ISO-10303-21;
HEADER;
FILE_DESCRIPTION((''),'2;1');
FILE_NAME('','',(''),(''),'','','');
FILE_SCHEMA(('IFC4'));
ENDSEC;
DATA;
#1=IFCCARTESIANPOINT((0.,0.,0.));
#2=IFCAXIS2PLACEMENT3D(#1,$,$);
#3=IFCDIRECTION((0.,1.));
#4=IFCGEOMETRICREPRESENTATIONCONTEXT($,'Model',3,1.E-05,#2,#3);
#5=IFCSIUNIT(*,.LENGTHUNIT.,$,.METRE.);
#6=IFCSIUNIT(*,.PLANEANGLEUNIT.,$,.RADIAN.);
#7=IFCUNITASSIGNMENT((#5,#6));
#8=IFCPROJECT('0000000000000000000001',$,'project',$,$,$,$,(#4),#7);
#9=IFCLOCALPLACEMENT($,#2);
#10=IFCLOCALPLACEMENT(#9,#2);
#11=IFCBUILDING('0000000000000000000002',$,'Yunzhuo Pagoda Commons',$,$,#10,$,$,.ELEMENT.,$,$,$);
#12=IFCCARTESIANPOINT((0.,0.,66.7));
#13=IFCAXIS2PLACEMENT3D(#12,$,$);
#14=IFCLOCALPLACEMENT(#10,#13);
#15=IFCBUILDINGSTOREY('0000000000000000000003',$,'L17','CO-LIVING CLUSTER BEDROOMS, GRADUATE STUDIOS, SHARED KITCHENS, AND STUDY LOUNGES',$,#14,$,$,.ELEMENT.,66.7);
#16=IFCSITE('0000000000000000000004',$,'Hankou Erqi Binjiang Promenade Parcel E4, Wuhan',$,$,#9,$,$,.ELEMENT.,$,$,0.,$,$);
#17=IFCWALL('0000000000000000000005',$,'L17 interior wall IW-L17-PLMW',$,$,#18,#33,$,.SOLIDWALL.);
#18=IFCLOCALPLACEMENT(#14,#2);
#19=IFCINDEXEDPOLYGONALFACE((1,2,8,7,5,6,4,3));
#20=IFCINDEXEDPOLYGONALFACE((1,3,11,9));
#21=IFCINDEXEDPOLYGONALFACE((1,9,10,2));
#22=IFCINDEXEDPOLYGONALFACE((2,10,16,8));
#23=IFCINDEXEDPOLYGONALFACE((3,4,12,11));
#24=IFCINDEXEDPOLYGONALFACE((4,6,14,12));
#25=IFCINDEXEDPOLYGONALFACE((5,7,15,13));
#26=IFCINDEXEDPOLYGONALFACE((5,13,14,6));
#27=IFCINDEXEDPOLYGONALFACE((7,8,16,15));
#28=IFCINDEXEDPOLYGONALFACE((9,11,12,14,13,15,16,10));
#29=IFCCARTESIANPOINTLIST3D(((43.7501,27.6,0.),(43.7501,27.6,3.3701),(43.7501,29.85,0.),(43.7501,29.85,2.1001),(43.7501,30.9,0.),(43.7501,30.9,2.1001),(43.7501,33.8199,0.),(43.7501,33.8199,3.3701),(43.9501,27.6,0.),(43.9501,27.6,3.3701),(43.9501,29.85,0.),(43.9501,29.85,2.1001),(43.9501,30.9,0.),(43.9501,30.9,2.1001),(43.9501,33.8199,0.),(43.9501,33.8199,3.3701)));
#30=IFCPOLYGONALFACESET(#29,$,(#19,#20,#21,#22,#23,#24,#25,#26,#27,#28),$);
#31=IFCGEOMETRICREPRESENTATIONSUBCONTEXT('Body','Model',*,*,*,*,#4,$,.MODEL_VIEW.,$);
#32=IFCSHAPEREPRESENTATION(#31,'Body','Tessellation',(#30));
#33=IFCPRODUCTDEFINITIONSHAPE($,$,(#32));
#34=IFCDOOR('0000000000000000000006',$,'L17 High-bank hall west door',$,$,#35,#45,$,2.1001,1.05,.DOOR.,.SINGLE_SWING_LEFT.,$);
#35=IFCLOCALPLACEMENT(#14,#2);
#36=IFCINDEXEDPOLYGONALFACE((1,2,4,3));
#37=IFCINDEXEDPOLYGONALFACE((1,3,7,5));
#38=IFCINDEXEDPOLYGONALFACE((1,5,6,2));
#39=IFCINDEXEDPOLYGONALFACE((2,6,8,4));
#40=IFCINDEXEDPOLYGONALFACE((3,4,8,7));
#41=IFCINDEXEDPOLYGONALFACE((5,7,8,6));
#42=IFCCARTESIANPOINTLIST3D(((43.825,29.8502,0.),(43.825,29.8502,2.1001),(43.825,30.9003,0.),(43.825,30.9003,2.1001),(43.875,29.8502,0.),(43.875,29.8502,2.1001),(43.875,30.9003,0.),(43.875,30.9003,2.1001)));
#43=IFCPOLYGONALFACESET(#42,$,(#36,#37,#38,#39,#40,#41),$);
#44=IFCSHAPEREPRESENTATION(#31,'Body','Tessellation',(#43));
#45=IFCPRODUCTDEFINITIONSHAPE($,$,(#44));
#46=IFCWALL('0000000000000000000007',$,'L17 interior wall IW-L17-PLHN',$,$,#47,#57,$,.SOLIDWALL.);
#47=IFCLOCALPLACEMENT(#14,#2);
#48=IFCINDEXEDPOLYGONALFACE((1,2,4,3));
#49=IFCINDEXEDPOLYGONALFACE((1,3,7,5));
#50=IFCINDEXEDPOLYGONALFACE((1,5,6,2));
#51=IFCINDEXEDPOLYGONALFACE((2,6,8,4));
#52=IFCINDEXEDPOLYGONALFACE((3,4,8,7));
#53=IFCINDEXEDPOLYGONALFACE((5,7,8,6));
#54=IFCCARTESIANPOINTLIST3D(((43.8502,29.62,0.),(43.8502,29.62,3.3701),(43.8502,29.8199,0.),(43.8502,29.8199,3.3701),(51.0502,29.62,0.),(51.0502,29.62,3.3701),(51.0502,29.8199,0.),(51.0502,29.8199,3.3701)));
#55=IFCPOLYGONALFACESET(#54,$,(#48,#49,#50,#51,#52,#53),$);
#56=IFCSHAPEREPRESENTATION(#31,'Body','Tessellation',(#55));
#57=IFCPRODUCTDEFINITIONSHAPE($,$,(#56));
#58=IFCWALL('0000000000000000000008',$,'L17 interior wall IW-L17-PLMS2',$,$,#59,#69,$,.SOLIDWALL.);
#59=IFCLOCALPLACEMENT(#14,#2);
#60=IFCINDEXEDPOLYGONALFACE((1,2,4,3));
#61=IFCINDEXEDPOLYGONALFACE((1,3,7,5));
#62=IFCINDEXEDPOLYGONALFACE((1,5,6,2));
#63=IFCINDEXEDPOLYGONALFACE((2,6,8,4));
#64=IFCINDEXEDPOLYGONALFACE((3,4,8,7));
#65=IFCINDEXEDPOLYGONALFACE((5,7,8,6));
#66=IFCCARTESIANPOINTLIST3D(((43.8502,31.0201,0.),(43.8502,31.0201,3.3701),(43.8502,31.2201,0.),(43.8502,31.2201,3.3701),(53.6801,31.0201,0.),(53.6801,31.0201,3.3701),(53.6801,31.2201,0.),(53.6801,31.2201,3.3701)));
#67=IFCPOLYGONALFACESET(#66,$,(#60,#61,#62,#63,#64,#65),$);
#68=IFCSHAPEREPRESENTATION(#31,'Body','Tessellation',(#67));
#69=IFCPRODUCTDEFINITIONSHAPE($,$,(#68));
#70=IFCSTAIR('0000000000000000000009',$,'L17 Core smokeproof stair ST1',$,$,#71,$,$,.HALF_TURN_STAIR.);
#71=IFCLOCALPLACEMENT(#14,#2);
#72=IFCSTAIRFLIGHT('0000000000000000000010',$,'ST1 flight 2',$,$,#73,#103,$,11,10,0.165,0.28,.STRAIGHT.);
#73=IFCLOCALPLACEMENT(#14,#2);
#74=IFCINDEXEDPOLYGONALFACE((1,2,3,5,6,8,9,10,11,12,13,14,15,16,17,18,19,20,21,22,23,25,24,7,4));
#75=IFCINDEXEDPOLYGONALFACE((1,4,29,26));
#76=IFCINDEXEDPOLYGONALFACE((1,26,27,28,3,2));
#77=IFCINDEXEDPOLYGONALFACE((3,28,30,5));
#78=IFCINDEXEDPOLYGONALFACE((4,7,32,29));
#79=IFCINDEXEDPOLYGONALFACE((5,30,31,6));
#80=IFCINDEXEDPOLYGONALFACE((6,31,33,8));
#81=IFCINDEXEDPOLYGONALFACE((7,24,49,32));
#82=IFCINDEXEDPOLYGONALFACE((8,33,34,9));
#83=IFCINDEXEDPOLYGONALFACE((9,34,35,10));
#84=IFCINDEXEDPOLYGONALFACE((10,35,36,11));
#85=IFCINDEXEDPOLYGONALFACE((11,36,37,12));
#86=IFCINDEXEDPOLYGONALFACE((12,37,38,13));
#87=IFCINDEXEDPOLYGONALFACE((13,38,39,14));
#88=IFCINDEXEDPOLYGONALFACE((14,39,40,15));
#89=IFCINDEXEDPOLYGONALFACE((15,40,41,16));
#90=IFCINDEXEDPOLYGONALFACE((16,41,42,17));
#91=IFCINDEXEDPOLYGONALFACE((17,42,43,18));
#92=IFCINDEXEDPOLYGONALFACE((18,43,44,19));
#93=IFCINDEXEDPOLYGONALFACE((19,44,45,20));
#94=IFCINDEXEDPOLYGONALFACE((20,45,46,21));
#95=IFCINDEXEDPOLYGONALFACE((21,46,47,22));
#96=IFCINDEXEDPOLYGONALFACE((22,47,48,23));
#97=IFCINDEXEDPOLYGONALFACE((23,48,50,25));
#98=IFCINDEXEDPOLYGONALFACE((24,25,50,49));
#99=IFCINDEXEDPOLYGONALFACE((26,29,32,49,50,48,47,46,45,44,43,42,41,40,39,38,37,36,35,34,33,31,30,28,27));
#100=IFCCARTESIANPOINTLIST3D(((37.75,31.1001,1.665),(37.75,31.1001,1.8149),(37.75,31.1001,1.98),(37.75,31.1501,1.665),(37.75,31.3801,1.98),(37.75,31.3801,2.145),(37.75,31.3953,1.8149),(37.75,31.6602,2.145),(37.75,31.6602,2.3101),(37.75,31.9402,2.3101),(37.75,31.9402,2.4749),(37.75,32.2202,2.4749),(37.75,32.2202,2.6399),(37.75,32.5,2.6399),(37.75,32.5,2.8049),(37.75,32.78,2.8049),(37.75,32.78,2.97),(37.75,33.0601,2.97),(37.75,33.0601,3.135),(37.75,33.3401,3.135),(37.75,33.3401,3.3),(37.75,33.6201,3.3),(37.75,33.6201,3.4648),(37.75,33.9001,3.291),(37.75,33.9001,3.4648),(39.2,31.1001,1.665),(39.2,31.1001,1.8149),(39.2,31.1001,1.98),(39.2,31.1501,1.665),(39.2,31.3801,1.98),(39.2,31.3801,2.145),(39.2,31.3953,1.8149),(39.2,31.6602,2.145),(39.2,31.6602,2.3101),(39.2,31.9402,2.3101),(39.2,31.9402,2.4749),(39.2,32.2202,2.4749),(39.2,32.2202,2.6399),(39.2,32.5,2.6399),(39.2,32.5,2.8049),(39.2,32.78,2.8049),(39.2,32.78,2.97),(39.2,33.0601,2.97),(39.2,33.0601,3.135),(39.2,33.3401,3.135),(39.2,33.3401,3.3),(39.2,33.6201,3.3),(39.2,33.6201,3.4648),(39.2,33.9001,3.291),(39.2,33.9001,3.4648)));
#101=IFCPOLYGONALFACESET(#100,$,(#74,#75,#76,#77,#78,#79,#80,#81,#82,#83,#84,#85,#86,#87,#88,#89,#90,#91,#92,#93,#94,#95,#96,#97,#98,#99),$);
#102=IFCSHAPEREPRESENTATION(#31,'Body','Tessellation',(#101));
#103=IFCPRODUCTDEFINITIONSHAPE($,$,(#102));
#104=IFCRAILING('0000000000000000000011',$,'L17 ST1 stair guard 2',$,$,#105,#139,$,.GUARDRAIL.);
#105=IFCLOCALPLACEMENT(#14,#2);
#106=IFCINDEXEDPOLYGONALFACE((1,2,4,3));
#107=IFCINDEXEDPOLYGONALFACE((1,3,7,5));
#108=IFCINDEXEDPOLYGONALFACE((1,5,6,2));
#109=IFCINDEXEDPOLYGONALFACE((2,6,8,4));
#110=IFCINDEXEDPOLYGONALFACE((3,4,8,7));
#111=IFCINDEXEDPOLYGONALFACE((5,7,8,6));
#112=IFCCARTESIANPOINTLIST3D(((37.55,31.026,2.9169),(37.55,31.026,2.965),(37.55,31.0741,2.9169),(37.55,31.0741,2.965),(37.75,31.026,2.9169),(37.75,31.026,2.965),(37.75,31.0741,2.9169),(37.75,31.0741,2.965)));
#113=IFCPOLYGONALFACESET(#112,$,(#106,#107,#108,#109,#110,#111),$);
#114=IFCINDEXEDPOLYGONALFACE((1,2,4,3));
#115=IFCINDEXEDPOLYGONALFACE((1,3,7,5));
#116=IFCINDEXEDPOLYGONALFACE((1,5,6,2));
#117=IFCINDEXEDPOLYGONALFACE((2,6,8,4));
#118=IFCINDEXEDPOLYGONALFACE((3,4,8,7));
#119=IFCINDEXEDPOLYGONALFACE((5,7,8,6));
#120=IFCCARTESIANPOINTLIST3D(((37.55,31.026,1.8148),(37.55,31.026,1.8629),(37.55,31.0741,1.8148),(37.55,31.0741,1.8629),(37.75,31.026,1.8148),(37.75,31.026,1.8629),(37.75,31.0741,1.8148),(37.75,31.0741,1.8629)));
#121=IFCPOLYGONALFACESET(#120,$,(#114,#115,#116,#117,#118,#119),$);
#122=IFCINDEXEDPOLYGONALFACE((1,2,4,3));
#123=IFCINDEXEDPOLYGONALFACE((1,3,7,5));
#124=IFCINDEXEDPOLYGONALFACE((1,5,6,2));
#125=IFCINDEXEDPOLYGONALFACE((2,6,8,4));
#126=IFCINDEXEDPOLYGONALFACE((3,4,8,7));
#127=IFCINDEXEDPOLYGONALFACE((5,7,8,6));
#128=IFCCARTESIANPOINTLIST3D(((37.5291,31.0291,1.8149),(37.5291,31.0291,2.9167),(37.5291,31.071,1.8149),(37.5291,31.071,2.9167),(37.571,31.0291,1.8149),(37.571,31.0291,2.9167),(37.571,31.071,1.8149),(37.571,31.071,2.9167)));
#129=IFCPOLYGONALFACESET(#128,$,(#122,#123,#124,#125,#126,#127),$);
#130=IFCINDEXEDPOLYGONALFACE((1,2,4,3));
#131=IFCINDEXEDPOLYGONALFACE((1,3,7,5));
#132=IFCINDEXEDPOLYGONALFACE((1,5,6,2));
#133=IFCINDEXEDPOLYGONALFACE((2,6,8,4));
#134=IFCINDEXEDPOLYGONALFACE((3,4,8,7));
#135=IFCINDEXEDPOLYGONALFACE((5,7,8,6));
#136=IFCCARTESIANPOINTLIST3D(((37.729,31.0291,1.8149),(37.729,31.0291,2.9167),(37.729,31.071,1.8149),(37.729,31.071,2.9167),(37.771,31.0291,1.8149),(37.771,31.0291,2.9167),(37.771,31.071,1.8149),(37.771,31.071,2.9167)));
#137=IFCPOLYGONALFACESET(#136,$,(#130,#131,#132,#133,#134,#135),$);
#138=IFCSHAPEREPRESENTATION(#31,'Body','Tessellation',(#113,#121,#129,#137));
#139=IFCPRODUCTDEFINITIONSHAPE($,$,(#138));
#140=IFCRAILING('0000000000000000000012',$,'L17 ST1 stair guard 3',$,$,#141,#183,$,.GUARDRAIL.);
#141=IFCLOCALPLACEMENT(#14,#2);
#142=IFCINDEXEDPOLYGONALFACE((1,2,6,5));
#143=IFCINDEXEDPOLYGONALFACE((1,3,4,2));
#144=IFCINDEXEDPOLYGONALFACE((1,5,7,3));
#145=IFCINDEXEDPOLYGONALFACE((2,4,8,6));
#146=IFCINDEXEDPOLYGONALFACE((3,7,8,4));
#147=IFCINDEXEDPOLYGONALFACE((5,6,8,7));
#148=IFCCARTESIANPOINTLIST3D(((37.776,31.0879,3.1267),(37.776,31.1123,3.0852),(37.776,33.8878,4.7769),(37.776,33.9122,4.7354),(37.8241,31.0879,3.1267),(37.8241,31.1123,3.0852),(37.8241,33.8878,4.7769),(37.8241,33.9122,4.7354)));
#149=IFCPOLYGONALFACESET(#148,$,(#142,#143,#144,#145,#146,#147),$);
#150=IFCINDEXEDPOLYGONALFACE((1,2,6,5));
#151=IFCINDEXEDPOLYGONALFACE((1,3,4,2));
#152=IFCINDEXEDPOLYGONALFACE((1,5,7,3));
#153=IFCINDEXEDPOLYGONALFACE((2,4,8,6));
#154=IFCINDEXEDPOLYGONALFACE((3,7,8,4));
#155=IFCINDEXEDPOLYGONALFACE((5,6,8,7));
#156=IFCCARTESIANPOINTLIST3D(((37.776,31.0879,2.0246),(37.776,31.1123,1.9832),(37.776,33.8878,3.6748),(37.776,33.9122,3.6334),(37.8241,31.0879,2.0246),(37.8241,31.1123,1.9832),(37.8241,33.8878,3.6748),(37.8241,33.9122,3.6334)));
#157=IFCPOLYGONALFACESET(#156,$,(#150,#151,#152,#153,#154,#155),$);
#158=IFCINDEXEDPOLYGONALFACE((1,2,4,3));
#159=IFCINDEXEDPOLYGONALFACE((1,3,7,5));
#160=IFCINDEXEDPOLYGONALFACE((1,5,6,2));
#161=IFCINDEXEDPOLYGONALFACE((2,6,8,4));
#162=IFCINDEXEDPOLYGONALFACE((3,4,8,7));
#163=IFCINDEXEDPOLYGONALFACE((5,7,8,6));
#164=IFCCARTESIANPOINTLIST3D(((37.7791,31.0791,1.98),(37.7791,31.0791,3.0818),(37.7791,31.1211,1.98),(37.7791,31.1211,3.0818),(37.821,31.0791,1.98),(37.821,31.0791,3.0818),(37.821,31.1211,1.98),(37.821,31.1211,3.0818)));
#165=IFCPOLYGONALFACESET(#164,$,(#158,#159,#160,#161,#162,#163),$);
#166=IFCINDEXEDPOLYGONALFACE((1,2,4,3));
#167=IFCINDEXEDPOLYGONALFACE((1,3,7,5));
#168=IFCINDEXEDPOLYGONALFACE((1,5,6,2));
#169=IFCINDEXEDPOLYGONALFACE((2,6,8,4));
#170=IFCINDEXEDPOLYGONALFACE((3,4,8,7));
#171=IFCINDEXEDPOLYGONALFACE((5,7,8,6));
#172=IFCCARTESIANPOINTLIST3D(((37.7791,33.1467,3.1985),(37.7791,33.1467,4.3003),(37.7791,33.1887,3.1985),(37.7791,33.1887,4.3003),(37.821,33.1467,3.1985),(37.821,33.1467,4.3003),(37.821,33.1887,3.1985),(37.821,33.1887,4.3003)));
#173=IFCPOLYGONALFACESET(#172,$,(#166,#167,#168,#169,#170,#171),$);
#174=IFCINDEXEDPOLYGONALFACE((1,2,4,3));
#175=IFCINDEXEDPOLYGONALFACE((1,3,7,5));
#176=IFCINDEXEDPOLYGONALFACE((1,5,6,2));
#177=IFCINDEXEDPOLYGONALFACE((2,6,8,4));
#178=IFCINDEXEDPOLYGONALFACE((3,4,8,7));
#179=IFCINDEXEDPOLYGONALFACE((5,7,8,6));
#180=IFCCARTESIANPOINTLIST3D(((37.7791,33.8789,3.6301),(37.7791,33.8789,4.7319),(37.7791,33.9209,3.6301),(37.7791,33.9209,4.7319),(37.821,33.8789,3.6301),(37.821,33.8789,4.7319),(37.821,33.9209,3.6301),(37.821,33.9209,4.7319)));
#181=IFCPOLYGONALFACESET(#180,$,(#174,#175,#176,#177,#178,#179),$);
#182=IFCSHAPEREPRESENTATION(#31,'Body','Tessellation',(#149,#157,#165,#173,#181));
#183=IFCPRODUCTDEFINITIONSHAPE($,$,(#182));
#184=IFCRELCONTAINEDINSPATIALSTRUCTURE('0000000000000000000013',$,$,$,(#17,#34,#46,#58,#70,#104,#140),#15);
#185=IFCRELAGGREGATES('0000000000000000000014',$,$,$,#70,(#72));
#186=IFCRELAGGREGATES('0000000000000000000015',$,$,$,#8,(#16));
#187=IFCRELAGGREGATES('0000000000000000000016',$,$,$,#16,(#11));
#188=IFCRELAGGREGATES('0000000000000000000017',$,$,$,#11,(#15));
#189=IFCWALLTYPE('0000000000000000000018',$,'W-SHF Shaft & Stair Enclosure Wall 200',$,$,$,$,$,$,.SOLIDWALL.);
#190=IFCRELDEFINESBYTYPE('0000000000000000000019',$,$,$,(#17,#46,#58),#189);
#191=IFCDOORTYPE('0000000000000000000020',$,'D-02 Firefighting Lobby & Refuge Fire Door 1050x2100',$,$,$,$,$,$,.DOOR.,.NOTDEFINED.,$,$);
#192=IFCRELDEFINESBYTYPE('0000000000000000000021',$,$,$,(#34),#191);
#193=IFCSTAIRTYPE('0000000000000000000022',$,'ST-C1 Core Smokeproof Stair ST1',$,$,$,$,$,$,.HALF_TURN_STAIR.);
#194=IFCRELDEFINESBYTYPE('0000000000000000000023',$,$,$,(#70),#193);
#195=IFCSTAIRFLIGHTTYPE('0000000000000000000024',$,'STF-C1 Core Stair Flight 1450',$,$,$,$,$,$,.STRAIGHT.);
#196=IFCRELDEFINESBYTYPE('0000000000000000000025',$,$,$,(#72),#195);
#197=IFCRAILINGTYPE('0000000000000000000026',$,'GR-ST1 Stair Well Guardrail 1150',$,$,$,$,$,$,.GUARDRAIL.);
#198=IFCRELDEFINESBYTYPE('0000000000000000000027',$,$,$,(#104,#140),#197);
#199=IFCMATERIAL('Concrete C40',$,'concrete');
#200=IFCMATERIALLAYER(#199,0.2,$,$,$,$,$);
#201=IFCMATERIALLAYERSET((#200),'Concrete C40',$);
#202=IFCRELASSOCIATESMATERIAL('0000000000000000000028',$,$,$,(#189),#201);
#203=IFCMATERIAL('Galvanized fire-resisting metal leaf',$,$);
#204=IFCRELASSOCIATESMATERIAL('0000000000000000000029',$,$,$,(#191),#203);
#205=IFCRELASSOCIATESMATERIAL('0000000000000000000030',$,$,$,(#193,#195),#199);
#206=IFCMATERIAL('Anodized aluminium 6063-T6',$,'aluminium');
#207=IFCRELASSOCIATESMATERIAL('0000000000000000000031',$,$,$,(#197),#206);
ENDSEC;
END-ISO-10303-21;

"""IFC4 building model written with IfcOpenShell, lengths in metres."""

from ifc_helpers import new_model, si_unit, direction, frame, frame_2d, origin, origin_2d, place, context, subcontext, project, spatial, polyline, rectangle, outline, extrude, source, transform, mapped, material, layer, layer_set, type_object, element, fill, aggregate, save


model = new_model("IFC4")

# Units and contexts
model_context = context("Model", 3, precision=1e-05, world=origin(), true_north=direction((0.0, 1.0)))
body_context = subcontext(model_context, "Body", "Model", "MODEL_VIEW")
ifc_project = project(units=[si_unit("LENGTHUNIT", "METRE"), si_unit("PLANEANGLEUNIT", "RADIAN")], contexts=[model_context])

# Site, building, storey
site_placement = place(None, origin())
site = spatial("IfcSite", under=ifc_project, at=site_placement, Name="Hankou Erqi Binjiang Promenade Parcel E4, Wuhan", CompositionType="ELEMENT", RefElevation=0.0)
building_placement = place(site_placement, origin())
building = spatial("IfcBuilding", under=site, at=building_placement, Name="Yunzhuo Pagoda Commons", CompositionType="ELEMENT")
storey_placement = place(building_placement, frame((0.0, 0.0, 66.7)))
storey = spatial("IfcBuildingStorey", under=building, at=storey_placement, Name="L17", Description="CO-LIVING CLUSTER BEDROOMS, GRADUATE STUDIOS, SHARED KITCHENS, AND STUDY LOUNGES", CompositionType="ELEMENT", Elevation=66.7)

# Shared definitions
ifc_material_1 = material(Name="Galvanized fire-resisting metal leaf")

# Shared definitions
ifc_material_2 = material(Name="Concrete C40", Category="concrete")
ifc_layer_1 = layer(ifc_material_2, 0.2)
ifc_layer_set_1 = layer_set([ifc_layer_1], Name="Concrete C40")
wall_type_1 = type_object("IfcWallType", Name="W-SHF Shaft & Stair Enclosure Wall 200", PredefinedType="SOLIDWALL", material=ifc_layer_set_1)
shared_shape_1 = source(origin(), body_context, "Body", "SweptSolid", [
    extrude(rectangle(XDim=1.05, YDim=2.1001, at=frame_2d((0.5249, 1.05))), frame((0.0, 0.0249, 0.0), z_axis=(0.0, -1.0, 0.0), x_axis=(1.0, 0.0, 0.0)), (0.0, 0.0, 1.0), 0.05),
])

# Wall, opening, door
wall_1_placement = place(storey_placement, frame((43.8501, 27.6001, 0.0), z_axis=(0.0, 0.0, 1.0), x_axis=(0.0, 1.0, 0.0)))
wall_1 = element("IfcWall", 1, at=wall_1_placement, inside=storey, type_object=wall_type_1, Name="L17 interior wall IW-L17-PLMW", PredefinedType="SOLIDWALL", context=body_context, shape_type="SweptSolid", body=[
    extrude(rectangle(XDim=6.22, YDim=0.2, at=frame_2d((3.1099, 0.0))), origin(), (0.0, 0.0, 1.0), 3.3701),
])
opening_1_placement = place(wall_1_placement, frame((2.25, 0.0, 0.0)))
opening_1 = element("IfcOpeningElement", 2, at=opening_1_placement, cuts=wall_1, PredefinedType="OPENING", context=body_context, shape_type="SweptSolid", body=[
    extrude(rectangle(XDim=1.05, YDim=2.1001, at=frame_2d((0.5249, 1.05))), frame((0.0, 0.1099, 0.0), z_axis=(0.0, -1.0, 0.0), x_axis=(1.0, 0.0, 0.0)), (0.0, 0.0, 1.0), 0.22),
])
door_type_1 = type_object("IfcDoorType", Name="D-02 Firefighting Lobby & Refuge Fire Door 1050x2100", OperationType="NOTDEFINED", PredefinedType="DOOR", material=ifc_material_1)
door_1_placement = place(opening_1_placement, frame((1.05, 0.0, 0.0), z_axis=(0.0, 0.0, 1.0), x_axis=(-1.0, 0.0, 0.0)))
door_1 = element("IfcDoor", 3, at=door_1_placement, inside=storey, type_object=door_type_1, Name="L17 High-bank hall west door", OperationType="SINGLE_SWING_LEFT", OverallHeight=2.1001, OverallWidth=1.05, PredefinedType="DOOR", context=body_context, shape_type="MappedRepresentation", body=[
    mapped(shared_shape_1, transform((0.0, 0.0, 0.0), scale=1.0)),
])
fill(opening_1, door_1)

# Walls
wall_2_placement = place(storey_placement, frame((43.8501, 29.72, 0.0), z_axis=(0.0, 0.0, 1.0), x_axis=(1.0, 0.0, 0.0)))
element("IfcWall", 4, at=wall_2_placement, inside=storey, type_object=wall_type_1, Name="L17 interior wall IW-L17-PLHN", PredefinedType="SOLIDWALL", context=body_context, shape_type="SweptSolid", body=[
    extrude(rectangle(XDim=7.2, YDim=0.2, at=frame_2d((3.6001, 0.0))), origin(), (0.0, 0.0, 1.0), 3.3701),
])
wall_3_placement = place(storey_placement, frame((43.8501, 31.1201, 0.0), z_axis=(0.0, 0.0, 1.0), x_axis=(1.0, 0.0, 0.0)))
element("IfcWall", 5, at=wall_3_placement, inside=storey, type_object=wall_type_1, Name="L17 interior wall IW-L17-PLMS2", PredefinedType="SOLIDWALL", context=body_context, shape_type="SweptSolid", body=[
    extrude(rectangle(XDim=9.8298, YDim=0.2, at=frame_2d((4.915, 0.0))), origin(), (0.0, 0.0, 1.0), 3.3701),
])

# Stair, stair flight
stair_type = type_object("IfcStairType", Name="ST-C1 Core Smokeproof Stair ST1", PredefinedType="HALF_TURN_STAIR", material=ifc_material_2)
stair_placement = place(storey_placement, origin())
stair = element("IfcStair", 6, at=stair_placement, inside=storey, type_object=stair_type, Name="L17 Core smokeproof stair ST1", PredefinedType="HALF_TURN_STAIR")
stair_flight_type = type_object("IfcStairFlightType", Name="STF-C1 Core Stair Flight 1450", PredefinedType="STRAIGHT", material=ifc_material_2)
shared_shape_2 = source(origin(), body_context, "Body", "SweptSolid", [
    extrude(outline(polyline([(0.0, -0.1499), (0.0, 0.0), (0.0, 0.165), (0.28, 0.165), (0.28, 0.3301), (0.5601, 0.3301), (0.5601, 0.4951), (0.8401, 0.4951), (0.8401, 0.6599), (1.1201, 0.6599), (1.1201, 0.825), (1.3999, 0.825), (1.3999, 0.99), (1.6799, 0.99), (1.6799, 1.155), (1.96, 1.155), (1.96, 1.3201), (2.24, 1.3201), (2.24, 1.4851), (2.52, 1.4851), (2.52, 1.6499), (2.8, 1.6499), (2.8, 1.8149), (2.8, 1.4761), (0.2952, 0.0), (0.05, -0.1499), (0.0, -0.1499)])), frame((0.0, 0.7251, 0.0), z_axis=(0.0, -1.0, 0.0), x_axis=(1.0, 0.0, 0.0)), (0.0, 0.0, 1.0), 1.45),
])
stair_flight_placement = place(storey_placement, frame((38.4751, 31.1001, 1.8149), z_axis=(0.0, 0.0, 1.0), x_axis=(0.0, 1.0, 0.0)))
stair_flight = element("IfcStairFlight", 7, at=stair_flight_placement, type_object=stair_flight_type, Name="ST1 flight 2", NumberOfRisers=11, NumberOfTreads=10, PredefinedType="STRAIGHT", RiserHeight=0.165, TreadLength=0.28, context=body_context, shape_type="MappedRepresentation", body=[
    mapped(shared_shape_2, transform((0.0, 0.0, 0.0), scale=1.0)),
])
aggregate(stair, [stair_flight])

# Railings
ifc_material_3 = material(Name="Anodized aluminium 6063-T6", Category="aluminium")
railing_type_1 = type_object("IfcRailingType", Name="GR-ST1 Stair Well Guardrail 1150", PredefinedType="GUARDRAIL", material=ifc_material_3)
railing_1_placement = place(storey_placement, frame((37.55, 31.05, 1.8149)))
element("IfcRailing", 8, at=railing_1_placement, inside=storey, type_object=railing_type_1, Name="L17 ST1 stair guard 2", PredefinedType="GUARDRAIL", context=body_context, shape_type="SweptSolid", body=[
    extrude(rectangle(XDim=0.0481, YDim=0.0481, at=origin_2d()), frame((0.0, 0.0, 1.126), z_axis=(1.0, 0.0, 0.0), x_axis=(0.0, 1.0, 0.0)), (0.0, 0.0, 1.0), 0.2),
    extrude(rectangle(XDim=0.0481, YDim=0.0481, at=origin_2d()), frame((0.0, 0.0, 0.0239), z_axis=(1.0, 0.0, 0.0), x_axis=(0.0, 1.0, 0.0)), (0.0, 0.0, 1.0), 0.2),
    extrude(rectangle(XDim=0.042, YDim=0.042, at=origin_2d()), origin(), (0.0, 0.0, 1.0), 1.1018),
    extrude(rectangle(XDim=0.042, YDim=0.042, at=origin_2d()), frame((0.2, 0.0, 0.0)), (0.0, 0.0, 1.0), 1.1018),
])
railing_2_placement = place(storey_placement, frame((37.8, 31.1001, 1.98)))
element("IfcRailing", 9, at=railing_2_placement, inside=storey, type_object=railing_type_1, Name="L17 ST1 stair guard 3", PredefinedType="GUARDRAIL", context=body_context, shape_type="SweptSolid", body=[
    extrude(rectangle(XDim=0.0481, YDim=0.0481, at=origin_2d()), frame((0.0, 0.0, 1.126), z_axis=(0.0, 0.861503, 0.507752), x_axis=(-1.0, 0.0, 0.0)), (0.0, 0.0, 1.0), 3.25),
    extrude(rectangle(XDim=0.0481, YDim=0.0481, at=origin_2d()), frame((0.0, 0.0, 0.0239), z_axis=(0.0, 0.861503, 0.507752), x_axis=(-1.0, 0.0, 0.0)), (0.0, 0.0, 1.0), 3.25),
    extrude(rectangle(XDim=0.042, YDim=0.042, at=origin_2d()), origin(), (0.0, 0.0, 1.0), 1.1018),
    extrude(rectangle(XDim=0.042, YDim=0.042, at=origin_2d()), frame((0.0, 2.0676, 1.2185)), (0.0, 0.0, 1.0), 1.1018),
    extrude(rectangle(XDim=0.042, YDim=0.042, at=origin_2d()), frame((0.0, 2.7998, 1.6501)), (0.0, 0.0, 1.0), 1.1018),
])

save(model, "model.ifc")
